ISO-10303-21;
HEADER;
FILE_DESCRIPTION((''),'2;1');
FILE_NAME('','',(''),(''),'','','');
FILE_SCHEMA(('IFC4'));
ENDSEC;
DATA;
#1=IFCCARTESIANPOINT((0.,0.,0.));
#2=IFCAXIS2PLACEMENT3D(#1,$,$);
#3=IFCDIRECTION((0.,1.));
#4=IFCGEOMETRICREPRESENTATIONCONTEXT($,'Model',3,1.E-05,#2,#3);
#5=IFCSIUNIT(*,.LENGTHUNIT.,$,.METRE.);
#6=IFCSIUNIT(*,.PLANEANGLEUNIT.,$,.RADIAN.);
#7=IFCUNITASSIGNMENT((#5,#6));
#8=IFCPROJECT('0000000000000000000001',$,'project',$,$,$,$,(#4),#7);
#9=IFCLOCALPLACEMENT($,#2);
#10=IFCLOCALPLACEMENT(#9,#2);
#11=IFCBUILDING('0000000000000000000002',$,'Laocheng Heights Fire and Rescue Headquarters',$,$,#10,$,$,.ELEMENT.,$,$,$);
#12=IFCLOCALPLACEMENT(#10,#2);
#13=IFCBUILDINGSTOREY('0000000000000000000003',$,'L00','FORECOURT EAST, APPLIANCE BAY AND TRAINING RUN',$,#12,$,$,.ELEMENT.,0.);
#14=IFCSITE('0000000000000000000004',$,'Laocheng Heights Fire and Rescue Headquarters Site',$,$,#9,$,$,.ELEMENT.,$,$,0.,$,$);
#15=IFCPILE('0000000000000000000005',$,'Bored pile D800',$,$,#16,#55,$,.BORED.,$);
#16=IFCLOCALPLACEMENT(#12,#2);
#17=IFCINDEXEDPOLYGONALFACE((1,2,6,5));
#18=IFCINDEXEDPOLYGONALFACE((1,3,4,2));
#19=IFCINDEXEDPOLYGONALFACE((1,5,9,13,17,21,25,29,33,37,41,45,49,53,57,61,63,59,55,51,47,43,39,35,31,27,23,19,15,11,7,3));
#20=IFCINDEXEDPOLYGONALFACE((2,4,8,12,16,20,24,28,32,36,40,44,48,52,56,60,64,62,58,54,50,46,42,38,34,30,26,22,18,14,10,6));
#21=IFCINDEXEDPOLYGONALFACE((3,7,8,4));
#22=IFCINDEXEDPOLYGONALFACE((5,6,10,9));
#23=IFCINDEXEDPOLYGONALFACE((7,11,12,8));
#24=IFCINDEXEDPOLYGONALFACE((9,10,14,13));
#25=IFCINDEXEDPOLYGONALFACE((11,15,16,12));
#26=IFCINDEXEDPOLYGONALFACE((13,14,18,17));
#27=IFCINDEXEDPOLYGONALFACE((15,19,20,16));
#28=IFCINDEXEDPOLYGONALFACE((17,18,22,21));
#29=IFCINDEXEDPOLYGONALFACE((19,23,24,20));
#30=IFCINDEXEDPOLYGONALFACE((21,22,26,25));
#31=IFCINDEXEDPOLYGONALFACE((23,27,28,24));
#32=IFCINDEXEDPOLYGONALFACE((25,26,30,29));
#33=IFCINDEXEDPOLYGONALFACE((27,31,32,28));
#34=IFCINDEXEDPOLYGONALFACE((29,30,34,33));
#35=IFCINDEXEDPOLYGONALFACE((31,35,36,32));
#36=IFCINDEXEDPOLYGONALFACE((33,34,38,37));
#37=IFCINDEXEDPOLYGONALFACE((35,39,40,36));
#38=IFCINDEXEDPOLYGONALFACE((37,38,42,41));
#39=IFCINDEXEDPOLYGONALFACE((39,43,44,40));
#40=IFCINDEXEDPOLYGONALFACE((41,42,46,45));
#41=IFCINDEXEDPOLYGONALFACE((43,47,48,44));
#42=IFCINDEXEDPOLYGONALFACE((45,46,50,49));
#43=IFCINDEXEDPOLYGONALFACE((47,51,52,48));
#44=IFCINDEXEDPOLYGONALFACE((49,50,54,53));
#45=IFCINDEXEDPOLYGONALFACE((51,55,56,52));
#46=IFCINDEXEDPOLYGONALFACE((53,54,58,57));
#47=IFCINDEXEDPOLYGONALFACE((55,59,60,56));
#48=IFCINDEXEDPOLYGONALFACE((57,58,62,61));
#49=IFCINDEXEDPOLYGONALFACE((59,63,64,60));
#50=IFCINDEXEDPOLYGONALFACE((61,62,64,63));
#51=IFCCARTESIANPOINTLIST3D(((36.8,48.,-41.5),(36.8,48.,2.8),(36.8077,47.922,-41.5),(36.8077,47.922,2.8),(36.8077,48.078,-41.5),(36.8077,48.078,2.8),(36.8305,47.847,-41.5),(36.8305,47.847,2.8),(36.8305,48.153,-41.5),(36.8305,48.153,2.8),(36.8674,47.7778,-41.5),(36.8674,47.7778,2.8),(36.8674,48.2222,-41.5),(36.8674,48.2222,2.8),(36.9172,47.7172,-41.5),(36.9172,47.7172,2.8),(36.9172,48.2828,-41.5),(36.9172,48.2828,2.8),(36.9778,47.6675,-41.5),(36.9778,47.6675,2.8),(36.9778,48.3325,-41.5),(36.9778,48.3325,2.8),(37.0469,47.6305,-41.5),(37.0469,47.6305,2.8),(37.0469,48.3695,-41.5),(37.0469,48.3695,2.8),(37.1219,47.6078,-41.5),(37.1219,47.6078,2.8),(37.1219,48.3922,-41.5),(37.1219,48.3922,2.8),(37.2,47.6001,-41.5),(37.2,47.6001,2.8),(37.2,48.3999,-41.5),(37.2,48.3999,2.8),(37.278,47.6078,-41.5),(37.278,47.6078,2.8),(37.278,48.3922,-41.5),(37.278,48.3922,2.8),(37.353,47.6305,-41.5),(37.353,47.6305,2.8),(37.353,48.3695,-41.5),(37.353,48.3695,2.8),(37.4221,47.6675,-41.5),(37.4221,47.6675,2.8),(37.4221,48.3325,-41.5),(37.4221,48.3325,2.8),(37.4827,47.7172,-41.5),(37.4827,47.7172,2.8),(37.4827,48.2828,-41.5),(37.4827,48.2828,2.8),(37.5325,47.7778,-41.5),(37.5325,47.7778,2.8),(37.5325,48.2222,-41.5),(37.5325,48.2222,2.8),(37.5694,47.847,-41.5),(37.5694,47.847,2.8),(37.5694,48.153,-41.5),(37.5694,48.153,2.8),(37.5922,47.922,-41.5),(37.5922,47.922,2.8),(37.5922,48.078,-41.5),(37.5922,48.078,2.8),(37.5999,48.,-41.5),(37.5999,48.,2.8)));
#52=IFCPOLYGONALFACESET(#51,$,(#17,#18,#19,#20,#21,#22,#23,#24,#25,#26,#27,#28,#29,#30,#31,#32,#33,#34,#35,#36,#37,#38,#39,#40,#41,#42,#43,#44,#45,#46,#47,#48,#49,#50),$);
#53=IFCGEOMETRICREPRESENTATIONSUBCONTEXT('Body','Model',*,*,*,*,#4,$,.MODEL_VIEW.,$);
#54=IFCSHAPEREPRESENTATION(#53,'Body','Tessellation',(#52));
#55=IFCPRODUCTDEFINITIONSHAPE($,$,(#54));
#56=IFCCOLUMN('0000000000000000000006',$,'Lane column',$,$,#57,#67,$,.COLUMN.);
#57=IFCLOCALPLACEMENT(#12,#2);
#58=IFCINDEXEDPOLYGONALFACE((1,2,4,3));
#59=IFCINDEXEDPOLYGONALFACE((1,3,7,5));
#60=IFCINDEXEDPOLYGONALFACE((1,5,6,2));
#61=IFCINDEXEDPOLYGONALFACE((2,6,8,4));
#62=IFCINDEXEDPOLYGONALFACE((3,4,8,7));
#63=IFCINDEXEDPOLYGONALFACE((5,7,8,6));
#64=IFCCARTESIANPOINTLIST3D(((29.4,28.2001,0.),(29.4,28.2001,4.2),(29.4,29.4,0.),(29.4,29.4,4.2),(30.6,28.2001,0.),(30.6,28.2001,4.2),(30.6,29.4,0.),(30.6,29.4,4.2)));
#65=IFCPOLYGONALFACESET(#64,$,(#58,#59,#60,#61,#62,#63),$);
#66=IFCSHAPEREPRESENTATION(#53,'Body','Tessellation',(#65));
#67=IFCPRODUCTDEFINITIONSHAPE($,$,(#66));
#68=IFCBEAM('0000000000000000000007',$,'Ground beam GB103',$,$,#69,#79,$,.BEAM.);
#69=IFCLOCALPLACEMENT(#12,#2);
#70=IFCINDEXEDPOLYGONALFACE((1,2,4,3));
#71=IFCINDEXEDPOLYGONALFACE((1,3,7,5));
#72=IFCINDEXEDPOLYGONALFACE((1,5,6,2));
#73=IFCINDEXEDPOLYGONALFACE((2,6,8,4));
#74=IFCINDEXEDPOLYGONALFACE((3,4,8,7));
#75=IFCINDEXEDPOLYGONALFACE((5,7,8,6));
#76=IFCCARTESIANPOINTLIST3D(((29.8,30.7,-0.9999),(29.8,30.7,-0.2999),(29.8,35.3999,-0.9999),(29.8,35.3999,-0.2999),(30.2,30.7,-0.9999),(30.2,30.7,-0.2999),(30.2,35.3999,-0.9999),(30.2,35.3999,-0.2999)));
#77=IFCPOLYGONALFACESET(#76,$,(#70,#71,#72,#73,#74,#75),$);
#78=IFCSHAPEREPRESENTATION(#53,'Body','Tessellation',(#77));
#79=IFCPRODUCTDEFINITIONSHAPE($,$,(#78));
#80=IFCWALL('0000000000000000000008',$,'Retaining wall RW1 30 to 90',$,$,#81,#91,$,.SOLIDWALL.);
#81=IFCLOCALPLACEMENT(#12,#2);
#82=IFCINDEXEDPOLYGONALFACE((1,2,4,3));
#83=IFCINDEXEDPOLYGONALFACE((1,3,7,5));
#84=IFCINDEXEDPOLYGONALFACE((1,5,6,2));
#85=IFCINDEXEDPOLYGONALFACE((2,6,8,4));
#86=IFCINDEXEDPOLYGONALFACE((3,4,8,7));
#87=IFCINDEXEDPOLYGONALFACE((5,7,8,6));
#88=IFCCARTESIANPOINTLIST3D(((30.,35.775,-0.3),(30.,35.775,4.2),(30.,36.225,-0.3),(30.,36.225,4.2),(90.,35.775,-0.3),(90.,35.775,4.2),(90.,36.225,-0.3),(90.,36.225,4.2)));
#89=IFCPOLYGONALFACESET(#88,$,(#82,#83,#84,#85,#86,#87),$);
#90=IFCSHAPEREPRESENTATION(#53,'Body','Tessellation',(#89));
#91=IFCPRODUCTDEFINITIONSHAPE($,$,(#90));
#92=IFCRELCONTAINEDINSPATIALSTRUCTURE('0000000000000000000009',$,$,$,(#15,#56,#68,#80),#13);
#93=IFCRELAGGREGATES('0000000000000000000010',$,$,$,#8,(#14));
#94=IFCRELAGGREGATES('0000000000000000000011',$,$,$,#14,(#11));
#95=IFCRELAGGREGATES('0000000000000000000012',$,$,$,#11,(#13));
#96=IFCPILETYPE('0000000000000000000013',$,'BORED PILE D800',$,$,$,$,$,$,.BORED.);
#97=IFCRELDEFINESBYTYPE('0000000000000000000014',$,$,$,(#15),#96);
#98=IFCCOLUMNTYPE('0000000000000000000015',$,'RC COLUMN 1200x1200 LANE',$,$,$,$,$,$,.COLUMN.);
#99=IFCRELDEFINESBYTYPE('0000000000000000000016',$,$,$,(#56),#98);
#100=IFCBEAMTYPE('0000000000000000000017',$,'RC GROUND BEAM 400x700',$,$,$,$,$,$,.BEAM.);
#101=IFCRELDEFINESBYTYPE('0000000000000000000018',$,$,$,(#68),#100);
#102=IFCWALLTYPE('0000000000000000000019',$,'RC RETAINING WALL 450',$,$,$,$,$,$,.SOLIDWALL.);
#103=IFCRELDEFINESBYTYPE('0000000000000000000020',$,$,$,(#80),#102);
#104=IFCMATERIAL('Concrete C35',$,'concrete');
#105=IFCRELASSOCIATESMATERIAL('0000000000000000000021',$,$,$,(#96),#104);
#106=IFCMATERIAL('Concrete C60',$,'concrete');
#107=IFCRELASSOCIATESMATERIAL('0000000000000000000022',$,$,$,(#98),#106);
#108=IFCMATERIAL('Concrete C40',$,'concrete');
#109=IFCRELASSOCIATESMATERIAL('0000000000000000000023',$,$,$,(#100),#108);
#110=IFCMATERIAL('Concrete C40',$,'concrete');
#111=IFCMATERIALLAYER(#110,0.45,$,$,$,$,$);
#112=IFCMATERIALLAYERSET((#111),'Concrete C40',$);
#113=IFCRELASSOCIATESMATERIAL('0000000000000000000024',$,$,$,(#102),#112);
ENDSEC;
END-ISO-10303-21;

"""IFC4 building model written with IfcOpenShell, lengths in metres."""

from ifc_helpers import new_model, si_unit, direction, frame, frame_2d, origin, origin_2d, place, context, subcontext, project, spatial, rectangle, circle, extrude, material, layer, layer_set, material_profile, profile_set, type_object, element, save


model = new_model("IFC4")

# Units and contexts
model_context = context("Model", 3, precision=1e-05, world=origin(), true_north=direction((0.0, 1.0)))
body_context = subcontext(model_context, "Body", "Model", "MODEL_VIEW")
ifc_project = project(units=[si_unit("LENGTHUNIT", "METRE"), si_unit("PLANEANGLEUNIT", "RADIAN")], contexts=[model_context])

# Site, building, storey
site_placement = place(None, origin())
site = spatial("IfcSite", under=ifc_project, at=site_placement, Name="Laocheng Heights Fire and Rescue Headquarters Site", CompositionType="ELEMENT", RefElevation=0.0)
building_placement = place(site_placement, origin())
building = spatial("IfcBuilding", under=site, at=building_placement, Name="Laocheng Heights Fire and Rescue Headquarters", CompositionType="ELEMENT")
storey_placement = place(building_placement, origin())
storey = spatial("IfcBuildingStorey", under=building, at=storey_placement, Name="L00", Description="FORECOURT EAST, APPLIANCE BAY AND TRAINING RUN", CompositionType="ELEMENT", Elevation=0.0)

# Pile
ifc_material_1 = material(Name="Concrete C35", Category="concrete")
ifc_material_profile_1 = material_profile(ifc_material_1, circle(Radius=0.3999, at=origin_2d()), Name="BORED PILE D800")
ifc_profile_set_1 = profile_set([ifc_material_profile_1], Name="Concrete C35")
pile_type_1 = type_object("IfcPileType", Name="BORED PILE D800", PredefinedType="BORED", material=ifc_profile_set_1)
for number, where, z_axis, x_axis, name in (
    (1, (37.2, 48.0, 2.8), (0.0, 0.0, -1.0), (1.0, 0.0, 0.0), "Bored pile D800"),
):
    element("IfcPile", number, at=place(storey_placement, frame(where, z_axis=z_axis, x_axis=x_axis)), inside=storey, type_object=pile_type_1, Name=name, PredefinedType="BORED", context=body_context, shape_type="SweptSolid", body=[
        extrude(circle(Radius=0.3999, at=origin_2d()), origin(), (0.0, 0.0, 1.0), 44.3),
    ])

# Column
ifc_material_2 = material(Name="Concrete C60", Category="concrete")
ifc_material_profile_2 = material_profile(ifc_material_2, rectangle(XDim=1.2, YDim=1.2, at=origin_2d()), Name="RC COLUMN 1200x1200 LANE")
ifc_profile_set_2 = profile_set([ifc_material_profile_2], Name="Concrete C60")
column_type = type_object("IfcColumnType", Name="RC COLUMN 1200x1200 LANE", PredefinedType="COLUMN", material=ifc_profile_set_2)
column_placement = place(storey_placement, frame((30.0, 28.8, 0.0), z_axis=(0.0, 0.0, 1.0), x_axis=(1.0, 0.0, 0.0)))
element("IfcColumn", 2, at=column_placement, inside=storey, type_object=column_type, Name="Lane column", PredefinedType="COLUMN", context=body_context, shape_type="SweptSolid", body=[
    extrude(rectangle(XDim=1.2, YDim=1.2, at=origin_2d()), origin(), (0.0, 0.0, 1.0), 4.2),
])

# Beam
ifc_material_3 = material(Name="Concrete C40", Category="concrete")
ifc_material_profile_3 = material_profile(ifc_material_3, rectangle(XDim=0.3999, YDim=0.7, at=origin_2d()), Name="RC GROUND BEAM 400x700")
ifc_profile_set_3 = profile_set([ifc_material_profile_3], Name="Concrete C40")
beam_type = type_object("IfcBeamType", Name="RC GROUND BEAM 400x700", PredefinedType="BEAM", material=ifc_profile_set_3)
beam_placement = place(storey_placement, frame((30.0, 30.7, -0.6499), z_axis=(0.0, 1.0, 0.0), x_axis=(-1.0, 0.0, 0.0)))
element("IfcBeam", 3, at=beam_placement, inside=storey, type_object=beam_type, Name="Ground beam GB103", PredefinedType="BEAM", context=body_context, shape_type="SweptSolid", body=[
    extrude(rectangle(XDim=0.3999, YDim=0.7, at=origin_2d()), origin(), (0.0, 0.0, 1.0), 4.7),
])

# Wall
ifc_material_4 = material(Name="Concrete C40", Category="concrete")
ifc_layer = layer(ifc_material_4, 0.45)
ifc_layer_set = layer_set([ifc_layer], Name="Concrete C40")
wall_type = type_object("IfcWallType", Name="RC RETAINING WALL 450", PredefinedType="SOLIDWALL", material=ifc_layer_set)
wall_placement = place(storey_placement, frame((30.0, 36.0, -0.3), z_axis=(0.0, 0.0, 1.0), x_axis=(1.0, 0.0, 0.0)))
element("IfcWall", 4, at=wall_placement, inside=storey, type_object=wall_type, Name="Retaining wall RW1 30 to 90", PredefinedType="SOLIDWALL", context=body_context, shape_type="SweptSolid", body=[
    extrude(rectangle(XDim=60.0, YDim=0.45, at=frame_2d((30.0, 0.0))), origin(), (0.0, 0.0, 1.0), 4.5),
])

save(model, "model.ifc")
